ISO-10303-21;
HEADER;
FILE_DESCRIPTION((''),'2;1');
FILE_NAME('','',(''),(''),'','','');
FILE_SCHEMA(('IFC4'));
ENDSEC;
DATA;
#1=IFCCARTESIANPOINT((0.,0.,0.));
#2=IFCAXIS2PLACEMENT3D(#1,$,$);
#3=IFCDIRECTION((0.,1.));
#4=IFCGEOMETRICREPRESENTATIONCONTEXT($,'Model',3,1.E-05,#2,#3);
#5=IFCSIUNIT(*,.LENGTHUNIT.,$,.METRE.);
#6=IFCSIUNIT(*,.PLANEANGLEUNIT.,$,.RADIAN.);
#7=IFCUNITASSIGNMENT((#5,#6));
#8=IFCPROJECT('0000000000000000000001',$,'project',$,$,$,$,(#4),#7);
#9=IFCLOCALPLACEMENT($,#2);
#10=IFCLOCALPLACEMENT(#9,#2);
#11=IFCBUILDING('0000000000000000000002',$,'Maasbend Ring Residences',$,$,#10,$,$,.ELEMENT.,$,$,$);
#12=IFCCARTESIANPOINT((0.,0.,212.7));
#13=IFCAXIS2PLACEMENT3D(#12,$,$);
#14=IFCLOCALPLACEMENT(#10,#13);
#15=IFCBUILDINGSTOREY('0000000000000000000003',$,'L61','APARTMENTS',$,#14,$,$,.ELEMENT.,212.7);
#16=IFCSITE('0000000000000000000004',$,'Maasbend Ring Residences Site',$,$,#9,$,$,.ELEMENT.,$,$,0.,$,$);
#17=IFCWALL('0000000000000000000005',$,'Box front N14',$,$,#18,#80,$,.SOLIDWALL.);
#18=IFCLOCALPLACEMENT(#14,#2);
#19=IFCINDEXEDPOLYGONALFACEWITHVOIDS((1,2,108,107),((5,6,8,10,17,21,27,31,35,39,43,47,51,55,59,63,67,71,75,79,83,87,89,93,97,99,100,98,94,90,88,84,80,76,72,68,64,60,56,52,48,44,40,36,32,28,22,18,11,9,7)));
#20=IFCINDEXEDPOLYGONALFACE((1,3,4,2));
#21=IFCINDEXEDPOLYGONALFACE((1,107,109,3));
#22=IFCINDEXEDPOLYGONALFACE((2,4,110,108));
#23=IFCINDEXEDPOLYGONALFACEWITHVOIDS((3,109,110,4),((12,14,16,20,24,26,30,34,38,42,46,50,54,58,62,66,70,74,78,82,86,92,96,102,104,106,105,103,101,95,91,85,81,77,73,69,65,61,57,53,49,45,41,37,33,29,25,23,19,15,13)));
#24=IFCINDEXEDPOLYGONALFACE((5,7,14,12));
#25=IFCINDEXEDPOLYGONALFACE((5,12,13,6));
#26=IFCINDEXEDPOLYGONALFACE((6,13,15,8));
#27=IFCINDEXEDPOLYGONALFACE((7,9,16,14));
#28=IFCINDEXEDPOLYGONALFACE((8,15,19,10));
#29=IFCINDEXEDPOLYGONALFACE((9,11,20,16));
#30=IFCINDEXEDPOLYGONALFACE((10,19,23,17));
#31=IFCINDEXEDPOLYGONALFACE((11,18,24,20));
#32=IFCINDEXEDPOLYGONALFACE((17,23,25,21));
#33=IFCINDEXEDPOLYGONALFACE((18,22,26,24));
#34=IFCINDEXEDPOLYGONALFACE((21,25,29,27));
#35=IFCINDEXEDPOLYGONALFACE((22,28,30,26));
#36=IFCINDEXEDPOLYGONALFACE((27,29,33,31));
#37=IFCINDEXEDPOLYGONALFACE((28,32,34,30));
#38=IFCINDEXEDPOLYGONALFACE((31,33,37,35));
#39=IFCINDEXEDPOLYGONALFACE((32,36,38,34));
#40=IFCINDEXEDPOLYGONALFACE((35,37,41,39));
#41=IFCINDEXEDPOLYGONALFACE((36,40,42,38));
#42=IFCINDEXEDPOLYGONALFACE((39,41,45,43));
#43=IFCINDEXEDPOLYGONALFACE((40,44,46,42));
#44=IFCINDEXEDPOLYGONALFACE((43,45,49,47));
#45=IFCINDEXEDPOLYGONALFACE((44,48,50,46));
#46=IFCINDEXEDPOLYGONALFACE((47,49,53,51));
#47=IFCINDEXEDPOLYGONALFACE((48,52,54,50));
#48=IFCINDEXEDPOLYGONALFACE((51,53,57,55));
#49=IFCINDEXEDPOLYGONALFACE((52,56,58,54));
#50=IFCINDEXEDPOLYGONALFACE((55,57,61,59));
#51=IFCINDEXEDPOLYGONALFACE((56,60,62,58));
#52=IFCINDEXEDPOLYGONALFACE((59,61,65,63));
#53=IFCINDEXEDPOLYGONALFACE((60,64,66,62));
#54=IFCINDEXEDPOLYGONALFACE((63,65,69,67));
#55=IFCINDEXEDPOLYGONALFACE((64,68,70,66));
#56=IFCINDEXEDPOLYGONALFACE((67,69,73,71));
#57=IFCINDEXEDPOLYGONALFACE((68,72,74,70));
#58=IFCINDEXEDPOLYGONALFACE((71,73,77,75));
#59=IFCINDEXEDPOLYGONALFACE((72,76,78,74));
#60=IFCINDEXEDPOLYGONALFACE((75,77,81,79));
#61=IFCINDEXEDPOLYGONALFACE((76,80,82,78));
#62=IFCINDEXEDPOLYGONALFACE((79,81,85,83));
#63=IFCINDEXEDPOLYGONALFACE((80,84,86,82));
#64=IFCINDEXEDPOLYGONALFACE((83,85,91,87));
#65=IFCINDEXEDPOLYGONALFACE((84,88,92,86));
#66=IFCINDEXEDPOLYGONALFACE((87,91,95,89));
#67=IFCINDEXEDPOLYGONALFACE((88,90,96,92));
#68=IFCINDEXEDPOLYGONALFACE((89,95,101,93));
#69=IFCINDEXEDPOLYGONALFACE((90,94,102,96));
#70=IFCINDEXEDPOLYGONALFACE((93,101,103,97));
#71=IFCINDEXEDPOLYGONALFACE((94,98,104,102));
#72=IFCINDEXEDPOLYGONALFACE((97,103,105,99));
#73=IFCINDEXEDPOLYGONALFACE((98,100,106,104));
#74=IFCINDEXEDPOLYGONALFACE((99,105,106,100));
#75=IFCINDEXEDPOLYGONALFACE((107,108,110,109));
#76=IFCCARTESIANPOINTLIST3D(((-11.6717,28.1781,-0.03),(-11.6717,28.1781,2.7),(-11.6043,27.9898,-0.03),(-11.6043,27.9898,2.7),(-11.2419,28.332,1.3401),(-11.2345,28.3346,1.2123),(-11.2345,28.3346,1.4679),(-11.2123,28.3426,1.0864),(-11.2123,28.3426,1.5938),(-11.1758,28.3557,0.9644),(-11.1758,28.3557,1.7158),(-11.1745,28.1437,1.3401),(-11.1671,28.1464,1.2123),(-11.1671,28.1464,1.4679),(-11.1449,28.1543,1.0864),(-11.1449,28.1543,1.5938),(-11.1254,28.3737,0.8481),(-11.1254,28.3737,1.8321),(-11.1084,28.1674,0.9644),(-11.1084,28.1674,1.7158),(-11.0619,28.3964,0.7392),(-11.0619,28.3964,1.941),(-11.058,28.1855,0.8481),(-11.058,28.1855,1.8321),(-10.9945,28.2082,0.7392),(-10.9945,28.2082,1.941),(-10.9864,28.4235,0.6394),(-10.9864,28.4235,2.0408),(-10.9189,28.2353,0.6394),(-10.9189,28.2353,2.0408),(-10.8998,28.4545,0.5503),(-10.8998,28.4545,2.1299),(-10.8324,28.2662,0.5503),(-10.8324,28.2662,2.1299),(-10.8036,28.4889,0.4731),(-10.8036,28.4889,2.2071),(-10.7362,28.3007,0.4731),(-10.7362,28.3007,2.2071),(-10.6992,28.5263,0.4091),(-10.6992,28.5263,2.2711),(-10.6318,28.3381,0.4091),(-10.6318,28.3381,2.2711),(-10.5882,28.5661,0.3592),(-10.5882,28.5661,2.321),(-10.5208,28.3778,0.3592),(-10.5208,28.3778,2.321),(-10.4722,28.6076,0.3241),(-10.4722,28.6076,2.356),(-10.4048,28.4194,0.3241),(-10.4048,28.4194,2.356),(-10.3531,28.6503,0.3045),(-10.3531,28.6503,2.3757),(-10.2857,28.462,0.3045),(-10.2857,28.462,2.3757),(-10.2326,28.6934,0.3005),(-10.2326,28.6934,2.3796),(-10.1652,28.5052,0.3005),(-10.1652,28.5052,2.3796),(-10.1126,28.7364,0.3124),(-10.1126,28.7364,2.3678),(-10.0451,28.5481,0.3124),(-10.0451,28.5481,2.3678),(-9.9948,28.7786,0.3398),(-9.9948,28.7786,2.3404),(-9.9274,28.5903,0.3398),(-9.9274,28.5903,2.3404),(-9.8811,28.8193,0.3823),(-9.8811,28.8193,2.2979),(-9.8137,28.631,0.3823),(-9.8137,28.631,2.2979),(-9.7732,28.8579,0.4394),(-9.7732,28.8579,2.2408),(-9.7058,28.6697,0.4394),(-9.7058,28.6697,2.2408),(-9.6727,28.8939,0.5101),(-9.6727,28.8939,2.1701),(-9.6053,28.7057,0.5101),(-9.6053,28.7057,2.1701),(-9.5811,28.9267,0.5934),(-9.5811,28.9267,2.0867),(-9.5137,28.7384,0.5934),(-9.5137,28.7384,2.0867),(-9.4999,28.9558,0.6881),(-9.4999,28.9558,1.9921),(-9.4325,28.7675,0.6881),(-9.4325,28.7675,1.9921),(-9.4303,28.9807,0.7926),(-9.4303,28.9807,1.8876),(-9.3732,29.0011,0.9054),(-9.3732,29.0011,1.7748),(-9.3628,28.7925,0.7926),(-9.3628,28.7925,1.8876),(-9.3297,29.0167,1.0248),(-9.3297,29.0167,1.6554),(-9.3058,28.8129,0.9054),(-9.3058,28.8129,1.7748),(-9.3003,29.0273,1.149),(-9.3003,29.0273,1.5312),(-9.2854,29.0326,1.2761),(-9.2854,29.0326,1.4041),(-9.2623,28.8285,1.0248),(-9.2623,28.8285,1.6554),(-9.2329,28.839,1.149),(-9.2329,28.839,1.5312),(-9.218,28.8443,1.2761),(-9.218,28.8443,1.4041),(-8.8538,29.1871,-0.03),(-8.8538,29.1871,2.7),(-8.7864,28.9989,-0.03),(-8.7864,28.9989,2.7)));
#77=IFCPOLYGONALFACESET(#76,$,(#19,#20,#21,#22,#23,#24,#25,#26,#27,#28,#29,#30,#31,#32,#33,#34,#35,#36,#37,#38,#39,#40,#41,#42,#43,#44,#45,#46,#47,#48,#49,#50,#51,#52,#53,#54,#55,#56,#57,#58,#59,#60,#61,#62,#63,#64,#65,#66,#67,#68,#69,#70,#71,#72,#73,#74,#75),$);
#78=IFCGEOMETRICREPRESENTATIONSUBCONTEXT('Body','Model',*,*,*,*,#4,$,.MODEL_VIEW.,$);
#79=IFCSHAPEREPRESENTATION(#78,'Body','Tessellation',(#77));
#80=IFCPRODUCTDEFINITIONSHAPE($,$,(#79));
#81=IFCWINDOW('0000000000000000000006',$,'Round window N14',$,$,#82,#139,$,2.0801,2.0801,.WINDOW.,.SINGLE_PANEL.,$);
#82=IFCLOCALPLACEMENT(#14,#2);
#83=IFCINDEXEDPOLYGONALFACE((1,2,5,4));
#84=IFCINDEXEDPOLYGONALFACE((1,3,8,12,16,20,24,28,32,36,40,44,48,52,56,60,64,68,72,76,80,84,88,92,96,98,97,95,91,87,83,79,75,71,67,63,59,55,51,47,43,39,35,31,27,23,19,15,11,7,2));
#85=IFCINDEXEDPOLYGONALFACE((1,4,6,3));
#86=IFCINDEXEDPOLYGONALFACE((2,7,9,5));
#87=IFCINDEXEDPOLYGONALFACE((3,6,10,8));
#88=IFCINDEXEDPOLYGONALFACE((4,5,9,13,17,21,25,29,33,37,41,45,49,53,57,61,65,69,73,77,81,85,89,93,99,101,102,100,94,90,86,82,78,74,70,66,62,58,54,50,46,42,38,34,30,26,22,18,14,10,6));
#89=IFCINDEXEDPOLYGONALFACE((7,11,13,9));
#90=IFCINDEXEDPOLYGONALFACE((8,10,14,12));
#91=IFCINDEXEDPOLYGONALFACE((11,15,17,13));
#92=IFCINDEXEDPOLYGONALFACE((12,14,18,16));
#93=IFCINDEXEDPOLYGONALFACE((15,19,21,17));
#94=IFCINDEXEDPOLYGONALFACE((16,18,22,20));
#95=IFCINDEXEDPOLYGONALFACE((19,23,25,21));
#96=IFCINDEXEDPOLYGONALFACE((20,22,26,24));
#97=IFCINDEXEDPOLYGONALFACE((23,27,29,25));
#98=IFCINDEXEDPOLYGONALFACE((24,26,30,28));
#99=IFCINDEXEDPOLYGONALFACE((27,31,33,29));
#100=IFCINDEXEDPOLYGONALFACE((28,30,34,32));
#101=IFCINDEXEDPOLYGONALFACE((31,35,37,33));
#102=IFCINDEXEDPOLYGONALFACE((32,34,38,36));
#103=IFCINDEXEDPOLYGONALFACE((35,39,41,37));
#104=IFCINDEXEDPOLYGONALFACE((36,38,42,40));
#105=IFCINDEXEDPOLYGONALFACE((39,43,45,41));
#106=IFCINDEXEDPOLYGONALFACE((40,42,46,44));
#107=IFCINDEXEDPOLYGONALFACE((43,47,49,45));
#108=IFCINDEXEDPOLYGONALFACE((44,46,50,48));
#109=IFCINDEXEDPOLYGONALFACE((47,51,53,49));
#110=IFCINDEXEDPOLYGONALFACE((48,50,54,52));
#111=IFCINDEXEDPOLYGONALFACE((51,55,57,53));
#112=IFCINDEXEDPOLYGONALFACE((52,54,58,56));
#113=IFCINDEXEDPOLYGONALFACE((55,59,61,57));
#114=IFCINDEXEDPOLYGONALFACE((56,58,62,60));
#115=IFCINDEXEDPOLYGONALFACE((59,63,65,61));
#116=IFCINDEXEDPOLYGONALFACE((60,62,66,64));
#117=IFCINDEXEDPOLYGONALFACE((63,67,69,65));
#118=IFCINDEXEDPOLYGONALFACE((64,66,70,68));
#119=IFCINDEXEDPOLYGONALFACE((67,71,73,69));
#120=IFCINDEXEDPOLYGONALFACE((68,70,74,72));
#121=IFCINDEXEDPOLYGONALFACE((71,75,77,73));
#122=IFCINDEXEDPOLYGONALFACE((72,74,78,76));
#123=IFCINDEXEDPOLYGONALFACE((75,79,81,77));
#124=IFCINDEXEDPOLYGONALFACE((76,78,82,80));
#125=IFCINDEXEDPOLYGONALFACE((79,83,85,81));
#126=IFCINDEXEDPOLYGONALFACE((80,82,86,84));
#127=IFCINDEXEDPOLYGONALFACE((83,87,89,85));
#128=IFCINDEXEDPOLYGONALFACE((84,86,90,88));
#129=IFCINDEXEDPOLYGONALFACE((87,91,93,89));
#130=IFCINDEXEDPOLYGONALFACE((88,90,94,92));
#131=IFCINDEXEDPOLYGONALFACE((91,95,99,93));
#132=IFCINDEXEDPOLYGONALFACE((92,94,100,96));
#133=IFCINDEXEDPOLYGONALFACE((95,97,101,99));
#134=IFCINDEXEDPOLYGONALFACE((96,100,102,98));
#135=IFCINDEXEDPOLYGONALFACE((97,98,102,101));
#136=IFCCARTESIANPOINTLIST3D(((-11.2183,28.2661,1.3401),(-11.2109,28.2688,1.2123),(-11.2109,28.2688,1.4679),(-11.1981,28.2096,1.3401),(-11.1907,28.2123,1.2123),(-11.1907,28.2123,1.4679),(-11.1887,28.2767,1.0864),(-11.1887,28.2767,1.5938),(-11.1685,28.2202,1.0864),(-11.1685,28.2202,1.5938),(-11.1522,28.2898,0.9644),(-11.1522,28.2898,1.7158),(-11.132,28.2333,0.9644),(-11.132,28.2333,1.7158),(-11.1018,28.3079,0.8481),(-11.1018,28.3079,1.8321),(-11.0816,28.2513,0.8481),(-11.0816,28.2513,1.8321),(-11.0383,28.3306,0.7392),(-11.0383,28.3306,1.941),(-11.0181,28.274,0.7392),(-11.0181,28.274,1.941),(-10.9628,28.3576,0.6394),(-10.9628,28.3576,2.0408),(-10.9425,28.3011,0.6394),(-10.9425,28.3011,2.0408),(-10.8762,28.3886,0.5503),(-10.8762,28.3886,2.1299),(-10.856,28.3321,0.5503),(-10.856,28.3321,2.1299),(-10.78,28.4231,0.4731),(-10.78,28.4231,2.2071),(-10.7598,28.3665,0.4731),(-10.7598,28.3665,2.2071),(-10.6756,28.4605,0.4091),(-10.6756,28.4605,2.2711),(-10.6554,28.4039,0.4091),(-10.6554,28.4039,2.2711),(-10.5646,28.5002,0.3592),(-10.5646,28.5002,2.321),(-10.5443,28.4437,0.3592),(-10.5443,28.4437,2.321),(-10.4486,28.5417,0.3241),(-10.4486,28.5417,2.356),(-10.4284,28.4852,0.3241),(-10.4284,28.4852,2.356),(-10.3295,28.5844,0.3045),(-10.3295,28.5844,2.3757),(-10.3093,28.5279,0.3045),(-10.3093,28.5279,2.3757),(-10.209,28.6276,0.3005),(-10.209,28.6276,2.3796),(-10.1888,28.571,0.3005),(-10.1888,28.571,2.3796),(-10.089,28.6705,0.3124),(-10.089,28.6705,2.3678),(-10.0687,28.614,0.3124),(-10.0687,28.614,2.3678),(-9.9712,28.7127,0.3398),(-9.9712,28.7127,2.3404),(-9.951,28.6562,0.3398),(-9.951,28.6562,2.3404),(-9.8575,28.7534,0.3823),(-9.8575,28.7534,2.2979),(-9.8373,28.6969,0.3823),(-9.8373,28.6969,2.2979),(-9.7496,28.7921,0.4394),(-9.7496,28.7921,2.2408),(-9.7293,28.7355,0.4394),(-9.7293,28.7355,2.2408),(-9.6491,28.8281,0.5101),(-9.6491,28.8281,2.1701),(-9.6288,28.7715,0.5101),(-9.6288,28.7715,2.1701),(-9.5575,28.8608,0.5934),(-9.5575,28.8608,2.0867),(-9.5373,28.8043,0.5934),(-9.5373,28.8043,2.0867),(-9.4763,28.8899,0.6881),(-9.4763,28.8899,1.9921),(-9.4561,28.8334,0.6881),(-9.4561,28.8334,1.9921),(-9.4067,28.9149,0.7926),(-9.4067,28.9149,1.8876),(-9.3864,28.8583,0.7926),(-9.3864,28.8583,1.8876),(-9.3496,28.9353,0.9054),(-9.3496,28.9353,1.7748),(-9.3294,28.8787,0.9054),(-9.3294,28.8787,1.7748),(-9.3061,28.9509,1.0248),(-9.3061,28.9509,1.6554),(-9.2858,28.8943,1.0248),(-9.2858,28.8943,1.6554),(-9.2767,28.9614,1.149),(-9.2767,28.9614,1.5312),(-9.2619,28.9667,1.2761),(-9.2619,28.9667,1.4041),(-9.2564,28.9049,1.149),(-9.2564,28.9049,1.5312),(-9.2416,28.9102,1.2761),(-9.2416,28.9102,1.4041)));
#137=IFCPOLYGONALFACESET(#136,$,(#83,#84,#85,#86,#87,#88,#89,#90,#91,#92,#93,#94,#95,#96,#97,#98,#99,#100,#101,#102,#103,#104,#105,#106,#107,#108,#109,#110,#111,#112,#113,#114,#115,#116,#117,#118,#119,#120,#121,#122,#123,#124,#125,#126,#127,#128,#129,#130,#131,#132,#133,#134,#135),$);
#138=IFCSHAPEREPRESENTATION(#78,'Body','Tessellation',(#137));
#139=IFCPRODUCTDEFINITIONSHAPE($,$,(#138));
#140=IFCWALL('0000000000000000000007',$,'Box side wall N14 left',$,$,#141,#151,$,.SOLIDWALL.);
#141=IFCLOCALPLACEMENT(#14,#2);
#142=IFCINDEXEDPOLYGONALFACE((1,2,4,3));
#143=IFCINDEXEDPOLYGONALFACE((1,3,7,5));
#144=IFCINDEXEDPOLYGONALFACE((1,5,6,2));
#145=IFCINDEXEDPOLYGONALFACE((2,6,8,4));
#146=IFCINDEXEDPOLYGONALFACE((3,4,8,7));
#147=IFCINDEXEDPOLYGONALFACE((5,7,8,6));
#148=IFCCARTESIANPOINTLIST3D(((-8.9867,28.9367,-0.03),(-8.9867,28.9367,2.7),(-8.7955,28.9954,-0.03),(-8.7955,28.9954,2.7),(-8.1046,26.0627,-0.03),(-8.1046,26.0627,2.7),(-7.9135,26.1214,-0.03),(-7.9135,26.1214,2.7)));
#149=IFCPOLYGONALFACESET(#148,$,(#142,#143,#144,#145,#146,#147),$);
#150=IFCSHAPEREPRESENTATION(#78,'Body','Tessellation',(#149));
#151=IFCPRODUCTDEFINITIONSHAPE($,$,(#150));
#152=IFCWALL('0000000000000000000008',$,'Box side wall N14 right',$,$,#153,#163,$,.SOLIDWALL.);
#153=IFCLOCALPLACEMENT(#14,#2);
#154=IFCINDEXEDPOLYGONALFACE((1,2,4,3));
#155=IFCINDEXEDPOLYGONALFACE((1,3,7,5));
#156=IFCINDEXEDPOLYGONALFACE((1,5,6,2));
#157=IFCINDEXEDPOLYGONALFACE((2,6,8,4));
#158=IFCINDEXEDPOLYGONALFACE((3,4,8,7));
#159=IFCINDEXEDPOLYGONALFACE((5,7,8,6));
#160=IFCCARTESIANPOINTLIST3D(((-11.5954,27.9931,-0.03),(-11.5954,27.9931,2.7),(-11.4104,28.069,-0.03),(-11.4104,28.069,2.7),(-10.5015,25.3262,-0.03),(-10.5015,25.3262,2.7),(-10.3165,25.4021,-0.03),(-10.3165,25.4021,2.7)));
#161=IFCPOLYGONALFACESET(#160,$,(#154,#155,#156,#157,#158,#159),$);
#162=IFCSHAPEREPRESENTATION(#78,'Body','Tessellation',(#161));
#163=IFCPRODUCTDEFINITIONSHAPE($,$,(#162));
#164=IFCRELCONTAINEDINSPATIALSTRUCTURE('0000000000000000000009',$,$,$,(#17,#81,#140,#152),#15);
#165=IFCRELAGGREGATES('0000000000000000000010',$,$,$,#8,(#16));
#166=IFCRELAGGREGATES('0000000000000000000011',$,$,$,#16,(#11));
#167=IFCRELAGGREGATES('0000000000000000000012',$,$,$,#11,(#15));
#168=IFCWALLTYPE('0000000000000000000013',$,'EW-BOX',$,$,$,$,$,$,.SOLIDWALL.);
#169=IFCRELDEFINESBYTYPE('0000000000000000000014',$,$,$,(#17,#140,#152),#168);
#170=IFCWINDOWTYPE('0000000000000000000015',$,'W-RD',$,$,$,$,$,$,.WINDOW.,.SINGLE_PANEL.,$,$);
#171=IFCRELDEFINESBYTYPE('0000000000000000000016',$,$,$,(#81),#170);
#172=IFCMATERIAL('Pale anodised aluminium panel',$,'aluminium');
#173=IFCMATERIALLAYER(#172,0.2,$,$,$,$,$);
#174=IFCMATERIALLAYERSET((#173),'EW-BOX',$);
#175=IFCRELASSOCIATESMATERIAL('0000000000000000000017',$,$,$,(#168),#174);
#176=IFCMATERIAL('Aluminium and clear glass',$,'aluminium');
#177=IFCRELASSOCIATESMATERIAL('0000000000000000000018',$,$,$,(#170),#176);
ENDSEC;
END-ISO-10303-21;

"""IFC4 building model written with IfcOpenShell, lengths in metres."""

from ifc_helpers import new_model, si_unit, direction, frame, frame_2d, origin, place, context, subcontext, project, spatial, rectangle, circle, extrude, material, layer, layer_set, type_object, element, fill, save


model = new_model("IFC4")

# Units and contexts
model_context = context("Model", 3, precision=1e-05, world=origin(), true_north=direction((0.0, 1.0)))
body_context = subcontext(model_context, "Body", "Model", "MODEL_VIEW")
ifc_project = project(units=[si_unit("LENGTHUNIT", "METRE"), si_unit("PLANEANGLEUNIT", "RADIAN")], contexts=[model_context])

# Site, building, storey
site_placement = place(None, origin())
site = spatial("IfcSite", under=ifc_project, at=site_placement, Name="Maasbend Ring Residences Site", CompositionType="ELEMENT", RefElevation=0.0)
building_placement = place(site_placement, origin())
building = spatial("IfcBuilding", under=site, at=building_placement, Name="Maasbend Ring Residences", CompositionType="ELEMENT")
storey_placement = place(building_placement, frame((0.0, 0.0, 212.7)))
storey = spatial("IfcBuildingStorey", under=building, at=storey_placement, Name="L61", Description="APARTMENTS", CompositionType="ELEMENT", Elevation=212.7)

# Shared definitions
ifc_material_1 = material(Name="Pale anodised aluminium panel", Category="aluminium")
ifc_layer_1 = layer(ifc_material_1, 0.2)
ifc_layer_set_1 = layer_set([ifc_layer_1], Name="EW-BOX")
wall_type_1 = type_object("IfcWallType", Name="EW-BOX", PredefinedType="SOLIDWALL", material=ifc_layer_set_1)
ifc_material_2 = material(Name="Aluminium and clear glass", Category="aluminium")
window_type_1 = type_object("IfcWindowType", Name="W-RD", PartitioningType="SINGLE_PANEL", PredefinedType="WINDOW", material=ifc_material_2)

# Wall, opening, window
wall_1_placement = place(storey_placement, frame((-8.8201, 29.093, -0.03), z_axis=(0.0, 0.0, 1.0), x_axis=(-0.941461, -0.337122, 0.0)))
wall_1 = element("IfcWall", 1, at=wall_1_placement, inside=storey, type_object=wall_type_1, Name="Box front N14", PredefinedType="SOLIDWALL", context=body_context, shape_type="SweptSolid", body=[
    extrude(rectangle(XDim=2.9932, YDim=0.2, at=frame_2d((1.4966, 0.0))), origin(), (0.0, 0.0, 1.0), 2.73),
])
opening_1_placement = place(wall_1_placement, frame((0.4565, 0.0, 0.3301)))
opening_1 = element("IfcOpeningElement", 2, at=opening_1_placement, cuts=wall_1, PredefinedType="OPENING", context=body_context, shape_type="SweptSolid", body=[
    extrude(circle(Radius=1.04, at=frame_2d((1.04, 1.04))), frame((0.0, 0.1099, 0.0), z_axis=(0.0, -1.0, 0.0), x_axis=(1.0, 0.0, 0.0)), (0.0, 0.0, 1.0), 0.22),
])
window_1_placement = place(opening_1_placement, origin())
window_1 = element("IfcWindow", 3, at=window_1_placement, inside=storey, type_object=window_type_1, Name="Round window N14", OverallHeight=2.0801, OverallWidth=2.0801, PartitioningType="SINGLE_PANEL", PredefinedType="WINDOW", context=body_context, shape_type="SweptSolid", body=[
    extrude(circle(Radius=1.04, at=frame_2d((1.04, 1.04))), frame((0.0, 0.03, 0.0), z_axis=(0.0, -1.0, 0.0), x_axis=(1.0, 0.0, 0.0)), (0.0, 0.0, 1.0), 0.0601),
])
fill(opening_1, window_1)

# Walls
wall_2_placement = place(storey_placement, frame((-8.009, 26.092, -0.03), z_axis=(0.0, 0.0, 1.0), x_axis=(-0.293407, 0.955988, 0.0)))
element("IfcWall", 4, at=wall_2_placement, inside=storey, type_object=wall_type_1, Name="Box side wall N14 left", PredefinedType="SOLIDWALL", context=body_context, shape_type="SweptSolid", body=[
    extrude(rectangle(XDim=3.0063, YDim=0.2, at=frame_2d((1.5032, 0.0))), origin(), (0.0, 0.0, 1.0), 2.73),
])
wall_3_placement = place(storey_placement, frame((-10.4089, 25.364, -0.03), z_axis=(0.0, 0.0, 1.0), x_axis=(-0.37951, 0.925188, 0.0)))
element("IfcWall", 5, at=wall_3_placement, inside=storey, type_object=wall_type_1, Name="Box side wall N14 right", PredefinedType="SOLIDWALL", context=body_context, shape_type="SweptSolid", body=[
    extrude(rectangle(XDim=2.8826, YDim=0.2, at=frame_2d((1.4414, 0.0))), origin(), (0.0, 0.0, 1.0), 2.73),
])

save(model, "model.ifc")
